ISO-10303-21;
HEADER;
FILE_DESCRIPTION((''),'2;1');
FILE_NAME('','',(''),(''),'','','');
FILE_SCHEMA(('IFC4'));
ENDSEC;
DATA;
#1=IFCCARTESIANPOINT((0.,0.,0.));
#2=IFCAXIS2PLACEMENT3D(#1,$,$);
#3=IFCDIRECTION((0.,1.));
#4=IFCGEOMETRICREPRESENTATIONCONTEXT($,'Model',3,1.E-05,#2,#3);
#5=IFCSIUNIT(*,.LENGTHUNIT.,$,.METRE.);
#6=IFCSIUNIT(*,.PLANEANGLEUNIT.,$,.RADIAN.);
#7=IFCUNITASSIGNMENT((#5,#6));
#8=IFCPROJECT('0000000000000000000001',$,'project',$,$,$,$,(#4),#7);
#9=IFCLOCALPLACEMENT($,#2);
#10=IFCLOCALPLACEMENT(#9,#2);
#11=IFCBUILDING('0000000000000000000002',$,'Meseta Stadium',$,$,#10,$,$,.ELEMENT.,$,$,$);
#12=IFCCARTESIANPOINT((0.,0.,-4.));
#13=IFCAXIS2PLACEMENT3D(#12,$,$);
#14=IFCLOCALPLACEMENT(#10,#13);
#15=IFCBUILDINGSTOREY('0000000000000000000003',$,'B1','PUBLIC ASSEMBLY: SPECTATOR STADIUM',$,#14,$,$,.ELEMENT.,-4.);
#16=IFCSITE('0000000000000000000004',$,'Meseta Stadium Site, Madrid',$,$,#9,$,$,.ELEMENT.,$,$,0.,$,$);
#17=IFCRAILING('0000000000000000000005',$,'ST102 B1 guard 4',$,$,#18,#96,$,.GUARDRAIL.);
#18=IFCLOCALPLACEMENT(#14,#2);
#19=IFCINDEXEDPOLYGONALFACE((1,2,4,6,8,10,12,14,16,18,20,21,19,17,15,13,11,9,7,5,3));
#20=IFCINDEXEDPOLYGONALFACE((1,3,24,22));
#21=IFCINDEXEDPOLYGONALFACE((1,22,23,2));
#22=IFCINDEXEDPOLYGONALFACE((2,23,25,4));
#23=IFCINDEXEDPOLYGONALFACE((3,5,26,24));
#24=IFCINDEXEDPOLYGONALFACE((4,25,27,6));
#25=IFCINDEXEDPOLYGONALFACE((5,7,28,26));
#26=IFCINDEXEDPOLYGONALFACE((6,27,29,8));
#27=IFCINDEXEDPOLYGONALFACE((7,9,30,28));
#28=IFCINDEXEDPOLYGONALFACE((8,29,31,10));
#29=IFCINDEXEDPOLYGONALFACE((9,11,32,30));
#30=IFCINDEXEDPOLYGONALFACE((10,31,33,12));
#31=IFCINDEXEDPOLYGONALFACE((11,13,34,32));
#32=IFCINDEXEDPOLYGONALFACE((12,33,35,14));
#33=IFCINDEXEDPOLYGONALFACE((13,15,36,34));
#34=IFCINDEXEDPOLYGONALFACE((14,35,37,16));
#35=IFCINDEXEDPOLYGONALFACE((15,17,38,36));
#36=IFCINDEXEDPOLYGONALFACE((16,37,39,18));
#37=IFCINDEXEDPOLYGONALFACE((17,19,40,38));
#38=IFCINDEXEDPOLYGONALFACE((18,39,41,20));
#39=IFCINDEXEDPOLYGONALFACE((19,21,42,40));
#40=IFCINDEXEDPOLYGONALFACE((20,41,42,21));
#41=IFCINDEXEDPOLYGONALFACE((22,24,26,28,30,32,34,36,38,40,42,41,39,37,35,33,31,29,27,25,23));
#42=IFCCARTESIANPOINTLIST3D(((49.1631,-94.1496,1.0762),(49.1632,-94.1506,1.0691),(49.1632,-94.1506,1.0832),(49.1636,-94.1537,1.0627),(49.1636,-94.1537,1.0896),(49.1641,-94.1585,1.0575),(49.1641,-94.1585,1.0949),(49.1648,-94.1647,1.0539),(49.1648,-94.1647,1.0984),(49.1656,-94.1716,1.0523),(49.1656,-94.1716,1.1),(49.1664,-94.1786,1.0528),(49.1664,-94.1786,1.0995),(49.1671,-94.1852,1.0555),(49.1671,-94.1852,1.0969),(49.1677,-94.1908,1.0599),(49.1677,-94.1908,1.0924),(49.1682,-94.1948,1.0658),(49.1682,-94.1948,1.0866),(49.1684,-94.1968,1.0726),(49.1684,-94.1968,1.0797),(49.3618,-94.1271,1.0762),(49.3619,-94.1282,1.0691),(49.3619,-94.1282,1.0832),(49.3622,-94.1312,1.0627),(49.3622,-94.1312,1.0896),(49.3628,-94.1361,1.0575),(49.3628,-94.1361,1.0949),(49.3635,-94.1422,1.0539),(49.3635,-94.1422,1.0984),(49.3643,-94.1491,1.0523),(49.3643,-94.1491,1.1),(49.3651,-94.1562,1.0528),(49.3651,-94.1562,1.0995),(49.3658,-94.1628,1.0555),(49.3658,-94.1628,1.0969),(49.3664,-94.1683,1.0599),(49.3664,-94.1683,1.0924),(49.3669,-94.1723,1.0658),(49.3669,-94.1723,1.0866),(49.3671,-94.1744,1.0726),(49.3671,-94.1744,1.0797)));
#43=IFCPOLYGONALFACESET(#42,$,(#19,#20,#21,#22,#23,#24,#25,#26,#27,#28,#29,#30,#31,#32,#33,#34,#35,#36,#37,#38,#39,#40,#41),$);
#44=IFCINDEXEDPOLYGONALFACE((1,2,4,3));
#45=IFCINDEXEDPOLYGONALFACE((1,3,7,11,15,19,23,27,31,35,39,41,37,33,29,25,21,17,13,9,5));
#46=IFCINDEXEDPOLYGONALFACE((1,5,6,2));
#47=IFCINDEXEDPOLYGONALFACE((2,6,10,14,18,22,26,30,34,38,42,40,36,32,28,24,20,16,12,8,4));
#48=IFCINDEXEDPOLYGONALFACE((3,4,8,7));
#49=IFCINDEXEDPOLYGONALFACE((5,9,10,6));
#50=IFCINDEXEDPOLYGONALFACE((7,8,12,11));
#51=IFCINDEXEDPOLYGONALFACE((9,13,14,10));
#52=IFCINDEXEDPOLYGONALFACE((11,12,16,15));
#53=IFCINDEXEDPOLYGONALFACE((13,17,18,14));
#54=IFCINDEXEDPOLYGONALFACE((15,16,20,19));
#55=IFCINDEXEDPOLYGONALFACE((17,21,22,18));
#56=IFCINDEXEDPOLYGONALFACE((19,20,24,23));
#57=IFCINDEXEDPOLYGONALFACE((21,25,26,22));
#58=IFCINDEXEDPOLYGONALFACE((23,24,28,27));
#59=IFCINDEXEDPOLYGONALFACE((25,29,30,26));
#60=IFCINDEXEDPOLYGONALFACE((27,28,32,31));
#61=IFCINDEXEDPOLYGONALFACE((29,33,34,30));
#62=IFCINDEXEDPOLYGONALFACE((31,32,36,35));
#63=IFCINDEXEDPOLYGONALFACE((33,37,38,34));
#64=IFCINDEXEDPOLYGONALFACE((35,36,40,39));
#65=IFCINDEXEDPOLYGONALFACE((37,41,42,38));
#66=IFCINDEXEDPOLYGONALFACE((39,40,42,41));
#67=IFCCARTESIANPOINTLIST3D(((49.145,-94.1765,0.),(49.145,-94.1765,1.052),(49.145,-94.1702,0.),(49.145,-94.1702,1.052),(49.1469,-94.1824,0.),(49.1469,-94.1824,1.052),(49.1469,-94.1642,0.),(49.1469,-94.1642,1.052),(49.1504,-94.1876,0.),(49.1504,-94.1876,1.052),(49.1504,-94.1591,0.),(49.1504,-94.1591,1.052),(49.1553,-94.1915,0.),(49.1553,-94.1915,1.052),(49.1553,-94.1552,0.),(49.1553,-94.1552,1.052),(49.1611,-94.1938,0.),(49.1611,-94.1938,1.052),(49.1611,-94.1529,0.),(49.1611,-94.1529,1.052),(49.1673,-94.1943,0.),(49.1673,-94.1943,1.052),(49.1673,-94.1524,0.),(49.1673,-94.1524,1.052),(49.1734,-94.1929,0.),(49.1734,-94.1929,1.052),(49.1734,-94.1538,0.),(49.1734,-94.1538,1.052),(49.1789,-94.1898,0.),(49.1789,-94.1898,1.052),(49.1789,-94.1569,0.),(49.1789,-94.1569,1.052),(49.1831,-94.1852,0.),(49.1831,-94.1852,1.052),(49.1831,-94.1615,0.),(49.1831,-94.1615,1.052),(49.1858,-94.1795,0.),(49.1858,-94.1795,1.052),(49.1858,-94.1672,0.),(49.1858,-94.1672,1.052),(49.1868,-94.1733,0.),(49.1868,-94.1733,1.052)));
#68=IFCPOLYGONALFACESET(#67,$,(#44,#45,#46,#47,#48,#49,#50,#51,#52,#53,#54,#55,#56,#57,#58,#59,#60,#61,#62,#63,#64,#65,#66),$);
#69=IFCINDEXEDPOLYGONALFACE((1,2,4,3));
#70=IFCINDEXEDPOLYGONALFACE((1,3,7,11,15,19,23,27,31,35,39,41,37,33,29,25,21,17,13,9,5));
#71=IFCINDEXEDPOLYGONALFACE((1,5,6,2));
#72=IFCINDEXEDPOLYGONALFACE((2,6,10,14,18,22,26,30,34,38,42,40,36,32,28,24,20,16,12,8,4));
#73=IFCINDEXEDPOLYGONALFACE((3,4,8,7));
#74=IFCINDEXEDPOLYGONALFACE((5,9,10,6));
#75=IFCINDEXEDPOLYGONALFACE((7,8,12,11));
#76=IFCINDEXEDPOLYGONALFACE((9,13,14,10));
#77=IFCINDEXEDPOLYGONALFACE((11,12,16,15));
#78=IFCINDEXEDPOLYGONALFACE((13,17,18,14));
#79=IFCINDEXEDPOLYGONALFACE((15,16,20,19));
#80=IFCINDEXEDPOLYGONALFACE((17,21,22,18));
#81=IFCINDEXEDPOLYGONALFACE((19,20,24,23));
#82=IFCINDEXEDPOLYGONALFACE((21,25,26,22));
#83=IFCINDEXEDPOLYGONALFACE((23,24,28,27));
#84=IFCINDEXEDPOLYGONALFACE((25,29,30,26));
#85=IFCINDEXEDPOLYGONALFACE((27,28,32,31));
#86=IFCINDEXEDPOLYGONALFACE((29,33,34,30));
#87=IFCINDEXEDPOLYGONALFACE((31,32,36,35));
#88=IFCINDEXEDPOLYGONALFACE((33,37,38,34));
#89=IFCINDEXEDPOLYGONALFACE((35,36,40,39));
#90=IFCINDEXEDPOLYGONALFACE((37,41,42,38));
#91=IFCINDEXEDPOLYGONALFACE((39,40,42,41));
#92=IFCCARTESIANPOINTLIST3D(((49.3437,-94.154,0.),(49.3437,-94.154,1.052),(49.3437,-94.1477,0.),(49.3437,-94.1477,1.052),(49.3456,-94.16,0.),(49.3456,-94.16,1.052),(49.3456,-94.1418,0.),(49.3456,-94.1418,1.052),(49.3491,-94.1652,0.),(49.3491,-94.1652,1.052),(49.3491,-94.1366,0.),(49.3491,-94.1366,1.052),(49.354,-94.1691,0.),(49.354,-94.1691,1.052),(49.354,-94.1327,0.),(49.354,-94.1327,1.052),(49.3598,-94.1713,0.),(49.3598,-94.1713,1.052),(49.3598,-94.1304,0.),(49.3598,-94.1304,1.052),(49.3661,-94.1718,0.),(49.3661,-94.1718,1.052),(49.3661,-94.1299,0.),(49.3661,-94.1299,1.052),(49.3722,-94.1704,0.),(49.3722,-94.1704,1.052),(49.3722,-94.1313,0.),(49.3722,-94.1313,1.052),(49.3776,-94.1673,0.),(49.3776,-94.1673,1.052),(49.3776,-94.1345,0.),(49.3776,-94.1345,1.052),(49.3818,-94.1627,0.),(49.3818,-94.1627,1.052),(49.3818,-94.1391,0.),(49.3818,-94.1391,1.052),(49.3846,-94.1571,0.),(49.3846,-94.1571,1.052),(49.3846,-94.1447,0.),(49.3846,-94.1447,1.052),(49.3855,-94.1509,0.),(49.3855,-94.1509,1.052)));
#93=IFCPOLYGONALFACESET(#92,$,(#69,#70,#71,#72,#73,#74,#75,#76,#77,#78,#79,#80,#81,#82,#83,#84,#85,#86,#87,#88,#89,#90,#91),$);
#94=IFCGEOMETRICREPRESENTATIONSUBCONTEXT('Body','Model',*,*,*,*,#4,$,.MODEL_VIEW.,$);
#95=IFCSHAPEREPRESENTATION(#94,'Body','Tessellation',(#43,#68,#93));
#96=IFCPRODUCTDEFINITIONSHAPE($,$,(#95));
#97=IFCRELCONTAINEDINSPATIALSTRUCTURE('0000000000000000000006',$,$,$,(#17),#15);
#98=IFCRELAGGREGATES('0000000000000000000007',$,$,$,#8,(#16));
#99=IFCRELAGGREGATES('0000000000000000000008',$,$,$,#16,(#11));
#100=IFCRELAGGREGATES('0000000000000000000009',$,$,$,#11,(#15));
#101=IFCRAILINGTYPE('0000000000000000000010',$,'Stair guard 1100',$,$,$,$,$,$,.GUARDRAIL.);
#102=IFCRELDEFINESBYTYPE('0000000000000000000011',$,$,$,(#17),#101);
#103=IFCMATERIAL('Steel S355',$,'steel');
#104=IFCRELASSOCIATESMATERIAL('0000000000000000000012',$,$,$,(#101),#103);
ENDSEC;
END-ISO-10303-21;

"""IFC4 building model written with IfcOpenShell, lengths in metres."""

from ifc_helpers import new_model, si_unit, direction, frame, origin, origin_2d, place, context, subcontext, project, spatial, circle, extrude, material, type_object, element, save


model = new_model("IFC4")

# Units and contexts
model_context = context("Model", 3, precision=1e-05, world=origin(), true_north=direction((0.0, 1.0)))
body_context = subcontext(model_context, "Body", "Model", "MODEL_VIEW")
ifc_project = project(units=[si_unit("LENGTHUNIT", "METRE"), si_unit("PLANEANGLEUNIT", "RADIAN")], contexts=[model_context])

# Site, building, storey
site_placement = place(None, origin())
site = spatial("IfcSite", under=ifc_project, at=site_placement, Name="Meseta Stadium Site, Madrid", CompositionType="ELEMENT", RefElevation=0.0)
building_placement = place(site_placement, origin())
building = spatial("IfcBuilding", under=site, at=building_placement, Name="Meseta Stadium", CompositionType="ELEMENT")
storey_placement = place(building_placement, frame((0.0, 0.0, -4.0)))
storey = spatial("IfcBuildingStorey", under=building, at=storey_placement, Name="B1", Description="PUBLIC ASSEMBLY: SPECTATOR STADIUM", CompositionType="ELEMENT", Elevation=-4.0)

# Railing
ifc_material_1 = material(Name="Steel S355", Category="steel")
railing_type_1 = type_object("IfcRailingType", Name="Stair guard 1100", PredefinedType="GUARDRAIL", material=ifc_material_1)
railing_1_placement = place(storey_placement, frame((49.1658, -94.1733, 0.0)))
element("IfcRailing", 1, at=railing_1_placement, inside=storey, type_object=railing_type_1, Name="ST102 B1 guard 4", PredefinedType="GUARDRAIL", context=body_context, shape_type="SweptSolid", body=[
    extrude(circle(Radius=0.0239, at=origin_2d()), frame((0.0, 0.0, 1.0762), z_axis=(0.993674, 0.112307, 0.0), x_axis=(-0.112307, 0.993674, 0.0)), (0.0, 0.0, 1.0), 0.2),
    extrude(circle(Radius=0.021, at=origin_2d()), origin(), (0.0, 0.0, 1.0), 1.052),
    extrude(circle(Radius=0.021, at=origin_2d()), frame((0.1987, 0.0225, 0.0)), (0.0, 0.0, 1.0), 1.052),
])

save(model, "model.ifc")
